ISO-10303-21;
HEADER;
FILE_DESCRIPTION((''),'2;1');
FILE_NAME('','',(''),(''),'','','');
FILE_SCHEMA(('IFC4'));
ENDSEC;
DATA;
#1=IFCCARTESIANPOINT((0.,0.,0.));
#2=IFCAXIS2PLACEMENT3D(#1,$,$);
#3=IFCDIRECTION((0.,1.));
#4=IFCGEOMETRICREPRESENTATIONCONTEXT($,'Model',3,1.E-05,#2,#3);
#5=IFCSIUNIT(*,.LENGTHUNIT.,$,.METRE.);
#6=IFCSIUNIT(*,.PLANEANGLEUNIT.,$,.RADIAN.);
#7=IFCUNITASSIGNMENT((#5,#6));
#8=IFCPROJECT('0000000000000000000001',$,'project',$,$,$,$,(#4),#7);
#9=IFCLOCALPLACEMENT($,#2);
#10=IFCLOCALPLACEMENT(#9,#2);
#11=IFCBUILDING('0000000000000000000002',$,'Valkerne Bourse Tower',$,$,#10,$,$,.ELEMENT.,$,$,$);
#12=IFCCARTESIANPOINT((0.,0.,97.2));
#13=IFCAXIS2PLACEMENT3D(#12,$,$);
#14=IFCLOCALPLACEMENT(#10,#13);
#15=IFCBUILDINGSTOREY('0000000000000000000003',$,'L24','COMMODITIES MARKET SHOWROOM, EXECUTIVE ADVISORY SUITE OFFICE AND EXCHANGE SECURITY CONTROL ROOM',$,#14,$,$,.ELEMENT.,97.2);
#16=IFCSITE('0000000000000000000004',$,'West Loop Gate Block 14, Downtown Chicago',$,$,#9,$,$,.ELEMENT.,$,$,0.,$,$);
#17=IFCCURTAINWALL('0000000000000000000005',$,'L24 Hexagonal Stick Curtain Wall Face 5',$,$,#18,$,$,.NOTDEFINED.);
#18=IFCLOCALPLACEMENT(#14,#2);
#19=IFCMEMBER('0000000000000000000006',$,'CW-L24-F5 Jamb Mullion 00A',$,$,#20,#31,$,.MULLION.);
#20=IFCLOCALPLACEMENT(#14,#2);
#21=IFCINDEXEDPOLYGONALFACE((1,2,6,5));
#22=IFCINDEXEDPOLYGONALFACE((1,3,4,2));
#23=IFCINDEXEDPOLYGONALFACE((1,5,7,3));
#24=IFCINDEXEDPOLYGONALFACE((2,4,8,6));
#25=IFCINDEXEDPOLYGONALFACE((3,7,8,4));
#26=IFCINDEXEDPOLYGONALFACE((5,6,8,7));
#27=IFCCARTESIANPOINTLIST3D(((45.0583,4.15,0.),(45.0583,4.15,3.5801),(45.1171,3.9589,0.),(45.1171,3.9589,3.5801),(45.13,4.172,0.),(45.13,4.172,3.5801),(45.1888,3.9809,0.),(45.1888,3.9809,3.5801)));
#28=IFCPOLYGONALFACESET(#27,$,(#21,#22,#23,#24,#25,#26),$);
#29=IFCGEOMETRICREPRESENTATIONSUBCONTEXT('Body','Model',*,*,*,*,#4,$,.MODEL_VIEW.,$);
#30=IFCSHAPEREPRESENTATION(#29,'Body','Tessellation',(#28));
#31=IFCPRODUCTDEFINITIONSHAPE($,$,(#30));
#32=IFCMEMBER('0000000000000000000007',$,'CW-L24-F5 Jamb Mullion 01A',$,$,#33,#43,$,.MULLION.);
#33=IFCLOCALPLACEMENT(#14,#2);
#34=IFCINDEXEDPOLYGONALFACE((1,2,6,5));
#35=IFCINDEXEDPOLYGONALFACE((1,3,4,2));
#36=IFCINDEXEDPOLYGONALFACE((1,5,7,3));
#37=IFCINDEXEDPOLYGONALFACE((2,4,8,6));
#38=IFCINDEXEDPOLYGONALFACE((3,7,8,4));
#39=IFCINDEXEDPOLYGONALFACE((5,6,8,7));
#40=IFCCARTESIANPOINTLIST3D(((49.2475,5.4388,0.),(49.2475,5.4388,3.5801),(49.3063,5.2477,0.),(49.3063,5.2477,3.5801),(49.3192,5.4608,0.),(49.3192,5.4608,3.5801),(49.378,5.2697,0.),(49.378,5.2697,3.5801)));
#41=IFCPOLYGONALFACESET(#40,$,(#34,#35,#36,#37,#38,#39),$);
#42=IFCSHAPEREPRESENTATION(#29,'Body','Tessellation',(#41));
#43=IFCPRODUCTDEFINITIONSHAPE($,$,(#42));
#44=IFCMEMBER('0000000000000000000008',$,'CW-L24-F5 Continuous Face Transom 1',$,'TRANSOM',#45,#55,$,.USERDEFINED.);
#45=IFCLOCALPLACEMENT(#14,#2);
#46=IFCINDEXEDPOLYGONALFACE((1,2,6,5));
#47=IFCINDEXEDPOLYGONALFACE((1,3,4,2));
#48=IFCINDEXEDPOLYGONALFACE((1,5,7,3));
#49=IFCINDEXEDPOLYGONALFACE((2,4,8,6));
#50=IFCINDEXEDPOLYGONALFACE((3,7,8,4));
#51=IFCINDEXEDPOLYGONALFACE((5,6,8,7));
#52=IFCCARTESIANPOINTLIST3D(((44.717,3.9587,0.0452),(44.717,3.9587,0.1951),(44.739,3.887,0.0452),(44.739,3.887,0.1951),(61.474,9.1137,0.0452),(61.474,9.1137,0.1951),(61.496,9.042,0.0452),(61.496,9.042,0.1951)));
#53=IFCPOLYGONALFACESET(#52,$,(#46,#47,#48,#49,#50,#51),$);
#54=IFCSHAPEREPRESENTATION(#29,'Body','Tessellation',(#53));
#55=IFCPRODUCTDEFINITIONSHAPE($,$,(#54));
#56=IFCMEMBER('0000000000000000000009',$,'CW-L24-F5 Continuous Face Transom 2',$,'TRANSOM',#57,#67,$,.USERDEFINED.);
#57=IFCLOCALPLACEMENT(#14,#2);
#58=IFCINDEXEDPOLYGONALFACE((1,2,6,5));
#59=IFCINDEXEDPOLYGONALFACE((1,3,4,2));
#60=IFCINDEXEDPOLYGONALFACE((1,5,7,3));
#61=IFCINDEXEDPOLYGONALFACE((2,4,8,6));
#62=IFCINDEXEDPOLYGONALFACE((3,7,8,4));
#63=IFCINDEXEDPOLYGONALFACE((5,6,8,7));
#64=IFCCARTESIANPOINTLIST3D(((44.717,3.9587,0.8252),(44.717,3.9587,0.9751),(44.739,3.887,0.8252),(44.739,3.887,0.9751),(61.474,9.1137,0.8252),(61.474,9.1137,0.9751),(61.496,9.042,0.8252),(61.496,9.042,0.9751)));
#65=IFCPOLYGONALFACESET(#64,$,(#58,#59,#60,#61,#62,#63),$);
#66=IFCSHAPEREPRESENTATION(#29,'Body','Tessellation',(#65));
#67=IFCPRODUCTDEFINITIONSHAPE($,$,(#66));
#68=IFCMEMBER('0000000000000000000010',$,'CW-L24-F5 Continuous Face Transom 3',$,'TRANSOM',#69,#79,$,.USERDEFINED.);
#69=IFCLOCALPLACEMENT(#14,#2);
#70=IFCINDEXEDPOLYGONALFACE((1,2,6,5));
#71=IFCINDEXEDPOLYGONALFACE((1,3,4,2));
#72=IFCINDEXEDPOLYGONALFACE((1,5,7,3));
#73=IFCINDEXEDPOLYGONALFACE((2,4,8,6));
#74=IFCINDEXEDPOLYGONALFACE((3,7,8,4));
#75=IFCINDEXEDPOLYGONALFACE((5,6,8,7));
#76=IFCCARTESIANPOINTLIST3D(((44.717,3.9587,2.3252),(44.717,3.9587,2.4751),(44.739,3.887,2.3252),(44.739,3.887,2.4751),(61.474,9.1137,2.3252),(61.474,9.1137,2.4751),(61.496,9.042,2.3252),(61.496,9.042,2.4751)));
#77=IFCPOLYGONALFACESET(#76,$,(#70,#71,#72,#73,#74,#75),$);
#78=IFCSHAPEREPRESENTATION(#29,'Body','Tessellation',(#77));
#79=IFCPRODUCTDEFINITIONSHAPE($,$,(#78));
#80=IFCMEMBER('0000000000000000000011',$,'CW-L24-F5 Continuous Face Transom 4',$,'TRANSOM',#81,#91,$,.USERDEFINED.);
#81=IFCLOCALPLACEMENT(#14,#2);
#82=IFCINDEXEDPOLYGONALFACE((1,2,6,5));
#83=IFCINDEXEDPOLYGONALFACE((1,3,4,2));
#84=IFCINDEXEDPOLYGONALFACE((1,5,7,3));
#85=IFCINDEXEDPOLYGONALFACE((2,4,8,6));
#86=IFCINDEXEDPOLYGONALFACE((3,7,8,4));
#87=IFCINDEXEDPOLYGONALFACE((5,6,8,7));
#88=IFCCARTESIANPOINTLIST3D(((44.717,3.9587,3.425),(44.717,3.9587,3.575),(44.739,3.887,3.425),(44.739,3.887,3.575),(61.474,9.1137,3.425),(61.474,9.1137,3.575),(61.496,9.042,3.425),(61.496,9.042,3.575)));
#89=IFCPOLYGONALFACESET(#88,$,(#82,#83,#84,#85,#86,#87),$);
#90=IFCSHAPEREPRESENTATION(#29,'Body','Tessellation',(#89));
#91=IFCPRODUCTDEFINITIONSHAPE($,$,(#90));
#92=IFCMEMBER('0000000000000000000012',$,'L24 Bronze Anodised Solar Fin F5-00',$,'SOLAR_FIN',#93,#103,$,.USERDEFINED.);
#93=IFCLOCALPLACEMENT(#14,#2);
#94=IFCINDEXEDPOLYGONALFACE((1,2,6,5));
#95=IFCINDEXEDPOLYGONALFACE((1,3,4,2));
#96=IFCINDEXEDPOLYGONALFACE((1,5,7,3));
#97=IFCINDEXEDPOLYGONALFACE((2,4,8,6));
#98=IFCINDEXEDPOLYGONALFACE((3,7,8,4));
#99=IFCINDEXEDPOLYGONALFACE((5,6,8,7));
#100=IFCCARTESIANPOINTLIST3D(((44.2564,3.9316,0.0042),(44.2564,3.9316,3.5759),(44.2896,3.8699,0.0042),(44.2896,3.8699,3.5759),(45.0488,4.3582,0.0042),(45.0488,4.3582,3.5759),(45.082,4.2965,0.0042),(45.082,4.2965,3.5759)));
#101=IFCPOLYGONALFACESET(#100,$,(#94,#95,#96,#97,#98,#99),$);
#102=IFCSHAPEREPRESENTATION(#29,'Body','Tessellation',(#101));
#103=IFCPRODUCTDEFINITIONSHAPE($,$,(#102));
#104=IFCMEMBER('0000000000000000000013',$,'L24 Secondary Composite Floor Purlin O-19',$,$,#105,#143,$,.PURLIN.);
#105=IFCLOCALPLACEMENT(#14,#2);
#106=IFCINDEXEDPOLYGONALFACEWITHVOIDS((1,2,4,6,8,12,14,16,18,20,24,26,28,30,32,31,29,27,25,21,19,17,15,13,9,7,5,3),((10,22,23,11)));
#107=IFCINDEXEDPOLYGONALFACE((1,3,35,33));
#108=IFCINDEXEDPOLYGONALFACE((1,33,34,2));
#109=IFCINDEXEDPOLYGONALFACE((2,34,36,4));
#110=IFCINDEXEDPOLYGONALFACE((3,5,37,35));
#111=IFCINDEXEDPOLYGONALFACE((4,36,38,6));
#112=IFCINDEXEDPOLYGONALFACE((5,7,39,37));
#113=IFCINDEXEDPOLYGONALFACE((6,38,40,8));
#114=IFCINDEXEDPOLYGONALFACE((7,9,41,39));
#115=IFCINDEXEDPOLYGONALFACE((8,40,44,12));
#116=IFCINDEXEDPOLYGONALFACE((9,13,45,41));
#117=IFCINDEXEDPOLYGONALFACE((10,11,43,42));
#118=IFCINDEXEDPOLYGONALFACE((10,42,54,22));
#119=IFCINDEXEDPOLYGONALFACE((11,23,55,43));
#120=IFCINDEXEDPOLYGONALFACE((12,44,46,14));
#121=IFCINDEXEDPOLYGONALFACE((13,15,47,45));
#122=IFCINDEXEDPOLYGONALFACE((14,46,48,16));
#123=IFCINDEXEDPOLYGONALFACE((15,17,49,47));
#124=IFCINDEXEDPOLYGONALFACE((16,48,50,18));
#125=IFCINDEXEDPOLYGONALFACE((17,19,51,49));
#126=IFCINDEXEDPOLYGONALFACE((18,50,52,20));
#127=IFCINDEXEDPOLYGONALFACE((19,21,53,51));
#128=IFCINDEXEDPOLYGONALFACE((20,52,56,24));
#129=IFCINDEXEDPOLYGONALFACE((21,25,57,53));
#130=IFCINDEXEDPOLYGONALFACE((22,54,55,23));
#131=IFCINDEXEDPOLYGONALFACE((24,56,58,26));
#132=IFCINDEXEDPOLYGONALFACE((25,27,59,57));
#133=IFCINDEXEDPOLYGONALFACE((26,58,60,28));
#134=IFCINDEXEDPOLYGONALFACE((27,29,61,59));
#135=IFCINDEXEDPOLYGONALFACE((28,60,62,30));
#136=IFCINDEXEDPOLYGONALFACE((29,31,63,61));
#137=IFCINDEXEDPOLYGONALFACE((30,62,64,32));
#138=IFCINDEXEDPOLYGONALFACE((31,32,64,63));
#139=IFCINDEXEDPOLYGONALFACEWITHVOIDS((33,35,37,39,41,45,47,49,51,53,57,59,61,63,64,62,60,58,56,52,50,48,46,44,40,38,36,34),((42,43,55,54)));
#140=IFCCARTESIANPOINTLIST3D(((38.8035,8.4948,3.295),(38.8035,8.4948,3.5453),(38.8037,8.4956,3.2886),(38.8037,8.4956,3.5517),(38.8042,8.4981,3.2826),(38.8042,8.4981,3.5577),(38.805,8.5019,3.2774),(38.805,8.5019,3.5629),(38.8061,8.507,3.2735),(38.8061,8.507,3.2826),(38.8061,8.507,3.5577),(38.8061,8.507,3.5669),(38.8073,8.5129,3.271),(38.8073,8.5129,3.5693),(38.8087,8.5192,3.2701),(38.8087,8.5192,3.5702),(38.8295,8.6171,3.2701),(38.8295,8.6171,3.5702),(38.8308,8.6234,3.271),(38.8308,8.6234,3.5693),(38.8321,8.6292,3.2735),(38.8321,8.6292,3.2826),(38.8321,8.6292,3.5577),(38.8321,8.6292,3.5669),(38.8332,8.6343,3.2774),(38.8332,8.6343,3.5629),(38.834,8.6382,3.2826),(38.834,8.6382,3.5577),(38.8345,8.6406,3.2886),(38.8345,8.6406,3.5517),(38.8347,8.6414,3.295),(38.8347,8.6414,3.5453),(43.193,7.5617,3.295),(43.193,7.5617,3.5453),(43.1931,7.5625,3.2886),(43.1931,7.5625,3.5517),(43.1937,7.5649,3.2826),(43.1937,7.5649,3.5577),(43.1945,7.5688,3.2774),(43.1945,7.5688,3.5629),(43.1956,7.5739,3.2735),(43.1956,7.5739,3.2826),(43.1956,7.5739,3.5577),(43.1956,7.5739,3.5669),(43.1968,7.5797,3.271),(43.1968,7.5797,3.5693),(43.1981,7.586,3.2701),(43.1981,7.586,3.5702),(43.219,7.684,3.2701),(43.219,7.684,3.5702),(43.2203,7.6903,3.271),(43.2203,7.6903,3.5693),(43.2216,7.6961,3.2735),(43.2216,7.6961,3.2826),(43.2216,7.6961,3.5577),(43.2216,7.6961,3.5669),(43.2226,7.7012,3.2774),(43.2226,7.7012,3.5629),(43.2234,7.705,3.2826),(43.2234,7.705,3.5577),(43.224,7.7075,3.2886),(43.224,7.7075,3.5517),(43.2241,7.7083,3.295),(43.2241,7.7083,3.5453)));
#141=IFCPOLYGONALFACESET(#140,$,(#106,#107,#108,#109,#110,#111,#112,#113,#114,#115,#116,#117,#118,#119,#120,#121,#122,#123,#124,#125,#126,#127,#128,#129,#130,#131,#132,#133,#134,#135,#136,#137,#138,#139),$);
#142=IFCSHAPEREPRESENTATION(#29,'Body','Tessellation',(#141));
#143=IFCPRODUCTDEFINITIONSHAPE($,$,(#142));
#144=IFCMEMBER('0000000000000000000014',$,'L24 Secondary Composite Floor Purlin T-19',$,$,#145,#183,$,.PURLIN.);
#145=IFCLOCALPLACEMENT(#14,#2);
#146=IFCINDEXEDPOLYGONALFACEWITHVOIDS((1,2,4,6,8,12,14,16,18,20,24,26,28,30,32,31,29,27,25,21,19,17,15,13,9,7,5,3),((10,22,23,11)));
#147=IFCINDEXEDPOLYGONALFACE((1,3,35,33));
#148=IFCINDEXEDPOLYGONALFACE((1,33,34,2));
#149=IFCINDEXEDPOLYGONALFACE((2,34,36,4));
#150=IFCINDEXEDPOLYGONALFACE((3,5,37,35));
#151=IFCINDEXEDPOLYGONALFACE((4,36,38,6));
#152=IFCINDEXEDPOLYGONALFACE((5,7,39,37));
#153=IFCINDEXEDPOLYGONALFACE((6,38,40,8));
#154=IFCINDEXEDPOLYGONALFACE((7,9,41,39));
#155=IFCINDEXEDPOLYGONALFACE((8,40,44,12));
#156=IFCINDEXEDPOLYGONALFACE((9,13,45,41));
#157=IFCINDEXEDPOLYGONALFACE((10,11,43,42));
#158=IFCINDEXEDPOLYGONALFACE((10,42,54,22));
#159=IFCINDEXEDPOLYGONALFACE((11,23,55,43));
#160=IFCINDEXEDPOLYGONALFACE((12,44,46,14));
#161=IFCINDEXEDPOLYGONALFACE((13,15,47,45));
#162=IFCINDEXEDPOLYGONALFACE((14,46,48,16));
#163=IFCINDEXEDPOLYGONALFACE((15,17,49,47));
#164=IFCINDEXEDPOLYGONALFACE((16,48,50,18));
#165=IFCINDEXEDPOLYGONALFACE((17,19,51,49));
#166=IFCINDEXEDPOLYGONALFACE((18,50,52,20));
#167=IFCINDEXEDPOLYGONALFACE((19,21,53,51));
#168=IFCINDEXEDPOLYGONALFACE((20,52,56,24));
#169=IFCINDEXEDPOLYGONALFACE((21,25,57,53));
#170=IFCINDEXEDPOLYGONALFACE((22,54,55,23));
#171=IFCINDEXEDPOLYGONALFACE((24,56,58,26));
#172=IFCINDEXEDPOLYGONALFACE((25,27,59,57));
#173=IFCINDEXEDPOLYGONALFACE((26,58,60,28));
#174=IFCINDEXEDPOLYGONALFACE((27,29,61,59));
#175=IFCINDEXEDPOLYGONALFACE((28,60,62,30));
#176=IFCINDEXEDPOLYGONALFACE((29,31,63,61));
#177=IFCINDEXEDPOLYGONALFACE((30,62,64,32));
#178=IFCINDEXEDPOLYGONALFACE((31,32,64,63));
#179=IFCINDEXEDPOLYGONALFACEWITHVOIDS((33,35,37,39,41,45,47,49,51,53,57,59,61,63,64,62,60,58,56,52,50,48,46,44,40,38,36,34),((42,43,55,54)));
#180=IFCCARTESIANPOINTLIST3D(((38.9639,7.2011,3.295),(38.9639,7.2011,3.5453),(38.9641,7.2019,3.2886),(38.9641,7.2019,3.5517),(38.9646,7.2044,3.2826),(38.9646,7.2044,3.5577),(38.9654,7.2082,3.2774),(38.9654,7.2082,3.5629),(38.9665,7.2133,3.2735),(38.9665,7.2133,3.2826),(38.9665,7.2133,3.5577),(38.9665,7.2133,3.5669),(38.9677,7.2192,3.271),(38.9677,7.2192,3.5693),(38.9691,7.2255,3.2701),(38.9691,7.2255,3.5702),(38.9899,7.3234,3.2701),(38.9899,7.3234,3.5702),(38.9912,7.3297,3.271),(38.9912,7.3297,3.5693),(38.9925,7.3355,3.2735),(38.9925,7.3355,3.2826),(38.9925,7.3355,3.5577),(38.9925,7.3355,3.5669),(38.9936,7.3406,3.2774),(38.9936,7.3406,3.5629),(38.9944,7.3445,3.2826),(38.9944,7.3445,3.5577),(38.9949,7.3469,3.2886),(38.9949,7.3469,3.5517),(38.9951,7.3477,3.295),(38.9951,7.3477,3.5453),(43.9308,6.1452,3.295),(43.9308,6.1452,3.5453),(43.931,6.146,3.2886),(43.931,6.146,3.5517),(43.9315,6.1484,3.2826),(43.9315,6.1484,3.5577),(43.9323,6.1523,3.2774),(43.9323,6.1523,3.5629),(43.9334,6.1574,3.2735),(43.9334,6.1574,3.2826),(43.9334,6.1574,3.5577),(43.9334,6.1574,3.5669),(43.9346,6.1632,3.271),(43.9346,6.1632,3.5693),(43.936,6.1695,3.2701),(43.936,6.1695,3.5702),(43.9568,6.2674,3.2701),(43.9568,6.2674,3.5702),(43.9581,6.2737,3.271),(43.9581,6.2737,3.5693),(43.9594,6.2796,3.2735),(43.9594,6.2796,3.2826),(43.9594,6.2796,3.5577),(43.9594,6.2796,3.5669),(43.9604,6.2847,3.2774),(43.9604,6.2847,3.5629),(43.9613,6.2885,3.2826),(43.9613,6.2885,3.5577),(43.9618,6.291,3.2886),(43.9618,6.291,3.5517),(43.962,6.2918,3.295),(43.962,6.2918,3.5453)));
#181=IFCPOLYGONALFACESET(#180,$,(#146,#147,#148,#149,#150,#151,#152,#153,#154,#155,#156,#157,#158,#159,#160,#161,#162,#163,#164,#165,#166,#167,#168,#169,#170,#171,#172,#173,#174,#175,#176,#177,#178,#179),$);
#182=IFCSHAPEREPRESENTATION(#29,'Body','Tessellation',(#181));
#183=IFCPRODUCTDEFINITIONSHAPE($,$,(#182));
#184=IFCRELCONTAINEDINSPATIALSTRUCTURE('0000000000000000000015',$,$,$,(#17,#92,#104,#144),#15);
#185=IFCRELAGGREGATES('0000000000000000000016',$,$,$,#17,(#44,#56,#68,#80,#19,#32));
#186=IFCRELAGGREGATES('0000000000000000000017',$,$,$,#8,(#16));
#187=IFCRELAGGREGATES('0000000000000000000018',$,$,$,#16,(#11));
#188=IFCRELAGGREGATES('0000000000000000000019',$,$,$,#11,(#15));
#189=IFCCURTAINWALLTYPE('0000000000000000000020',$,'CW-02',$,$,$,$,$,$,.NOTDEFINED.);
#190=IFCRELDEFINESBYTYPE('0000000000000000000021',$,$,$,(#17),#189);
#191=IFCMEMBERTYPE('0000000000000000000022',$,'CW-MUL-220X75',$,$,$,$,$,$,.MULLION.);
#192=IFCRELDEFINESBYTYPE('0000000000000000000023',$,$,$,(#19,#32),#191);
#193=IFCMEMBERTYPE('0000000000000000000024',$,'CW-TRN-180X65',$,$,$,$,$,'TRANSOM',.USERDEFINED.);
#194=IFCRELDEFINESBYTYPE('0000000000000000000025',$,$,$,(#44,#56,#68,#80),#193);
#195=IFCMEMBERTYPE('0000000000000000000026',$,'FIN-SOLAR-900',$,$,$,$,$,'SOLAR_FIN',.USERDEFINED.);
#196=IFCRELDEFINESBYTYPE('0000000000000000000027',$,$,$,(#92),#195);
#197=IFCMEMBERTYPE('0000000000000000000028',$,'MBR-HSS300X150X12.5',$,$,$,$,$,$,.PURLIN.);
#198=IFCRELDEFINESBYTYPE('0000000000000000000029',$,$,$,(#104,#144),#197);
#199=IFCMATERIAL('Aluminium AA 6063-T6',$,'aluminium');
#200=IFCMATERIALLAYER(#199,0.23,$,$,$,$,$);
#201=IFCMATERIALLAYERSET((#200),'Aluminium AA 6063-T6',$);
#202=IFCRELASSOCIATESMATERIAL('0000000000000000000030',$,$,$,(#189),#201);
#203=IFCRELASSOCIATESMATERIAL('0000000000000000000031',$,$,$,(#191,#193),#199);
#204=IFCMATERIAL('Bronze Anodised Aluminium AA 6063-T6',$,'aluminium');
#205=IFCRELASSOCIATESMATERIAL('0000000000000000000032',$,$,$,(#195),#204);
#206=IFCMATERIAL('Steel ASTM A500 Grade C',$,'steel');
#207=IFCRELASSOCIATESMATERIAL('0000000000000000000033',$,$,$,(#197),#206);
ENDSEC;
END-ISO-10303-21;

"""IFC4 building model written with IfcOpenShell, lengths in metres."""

from ifc_helpers import new_model, si_unit, direction, frame, origin, origin_2d, place, context, subcontext, project, spatial, rectangle, hollow_rectangle, extrude, material, layer, layer_set, material_profile, profile_set, type_object, element, aggregate, save


model = new_model("IFC4")

# Units and contexts
model_context = context("Model", 3, precision=1e-05, world=origin(), true_north=direction((0.0, 1.0)))
body_context = subcontext(model_context, "Body", "Model", "MODEL_VIEW")
ifc_project = project(units=[si_unit("LENGTHUNIT", "METRE"), si_unit("PLANEANGLEUNIT", "RADIAN")], contexts=[model_context])

# Site, building, storey
site_placement = place(None, origin())
site = spatial("IfcSite", under=ifc_project, at=site_placement, Name="West Loop Gate Block 14, Downtown Chicago", CompositionType="ELEMENT", RefElevation=0.0)
building_placement = place(site_placement, origin())
building = spatial("IfcBuilding", under=site, at=building_placement, Name="Valkerne Bourse Tower", CompositionType="ELEMENT")
storey_placement = place(building_placement, frame((0.0, 0.0, 97.2)))
storey = spatial("IfcBuildingStorey", under=building, at=storey_placement, Name="L24", Description="COMMODITIES MARKET SHOWROOM, EXECUTIVE ADVISORY SUITE OFFICE AND EXCHANGE SECURITY CONTROL ROOM", CompositionType="ELEMENT", Elevation=97.2)

# Curtain wall, members
ifc_material_1 = material(Name="Aluminium AA 6063-T6", Category="aluminium")
ifc_layer_1 = layer(ifc_material_1, 0.23)
ifc_layer_set_1 = layer_set([ifc_layer_1], Name="Aluminium AA 6063-T6")
curtain_wall_type = type_object("IfcCurtainWallType", Name="CW-02", PredefinedType="NOTDEFINED", material=ifc_layer_set_1)
curtain_wall_placement = place(storey_placement, origin())
curtain_wall = element("IfcCurtainWall", 1, at=curtain_wall_placement, inside=storey, type_object=curtain_wall_type, Name="L24 Hexagonal Stick Curtain Wall Face 5", PredefinedType="NOTDEFINED")
ifc_material_profile_1 = material_profile(ifc_material_1, rectangle(XDim=0.075, YDim=0.2, at=origin_2d()), Name="CWM-75X200")
ifc_profile_set_1 = profile_set([ifc_material_profile_1], Name="Aluminium AA 6063-T6")
member_type_1 = type_object("IfcMemberType", Name="CW-MUL-220X75", PredefinedType="MULLION", material=ifc_profile_set_1)
member_1_placement = place(storey_placement, frame((45.1235, 4.0654, 0.0), z_axis=(0.0, 0.0, 1.0), x_axis=(0.955791, 0.294047, 0.0)))
member_1 = element("IfcMember", 2, at=member_1_placement, type_object=member_type_1, Name="CW-L24-F5 Jamb Mullion 00A", PredefinedType="MULLION", context=body_context, shape_type="SweptSolid", body=[
    extrude(rectangle(XDim=0.075, YDim=0.2, at=origin_2d()), origin(), (0.0, 0.0, 1.0), 3.5801),
])
member_2_placement = place(storey_placement, frame((49.3127, 5.3542, 0.0), z_axis=(0.0, 0.0, 1.0), x_axis=(0.955791, 0.294047, 0.0)))
member_2 = element("IfcMember", 3, at=member_2_placement, type_object=member_type_1, Name="CW-L24-F5 Jamb Mullion 01A", PredefinedType="MULLION", context=body_context, shape_type="SweptSolid", body=[
    extrude(rectangle(XDim=0.075, YDim=0.2, at=origin_2d()), origin(), (0.0, 0.0, 1.0), 3.5801),
])
ifc_material_profile_2 = material_profile(ifc_material_1, rectangle(XDim=0.075, YDim=0.1499, at=origin_2d()), Name="CWT-75X150")
ifc_profile_set_2 = profile_set([ifc_material_profile_2], Name="Aluminium AA 6063-T6")
member_type_2 = type_object("IfcMemberType", Name="CW-TRN-180X65", ElementType="TRANSOM", PredefinedType="USERDEFINED", material=ifc_profile_set_2)
member_3_placement = place(storey_placement, frame((44.728, 3.9229, 0.1201), z_axis=(0.955795, 0.294034, 0.0), x_axis=(-0.294034, 0.955795, 0.0)))
member_3 = element("IfcMember", 4, at=member_3_placement, type_object=member_type_2, Name="CW-L24-F5 Continuous Face Transom 1", ObjectType="TRANSOM", PredefinedType="USERDEFINED", context=body_context, shape_type="SweptSolid", body=[
    extrude(rectangle(XDim=0.075, YDim=0.1499, at=origin_2d()), origin(), (0.0, 0.0, 1.0), 17.532),
])
member_4_placement = place(storey_placement, frame((44.728, 3.9229, 0.9001), z_axis=(0.955795, 0.294034, 0.0), x_axis=(-0.294034, 0.955795, 0.0)))
member_4 = element("IfcMember", 5, at=member_4_placement, type_object=member_type_2, Name="CW-L24-F5 Continuous Face Transom 2", ObjectType="TRANSOM", PredefinedType="USERDEFINED", context=body_context, shape_type="SweptSolid", body=[
    extrude(rectangle(XDim=0.075, YDim=0.1499, at=origin_2d()), origin(), (0.0, 0.0, 1.0), 17.532),
])
member_5_placement = place(storey_placement, frame((44.728, 3.9229, 2.4001), z_axis=(0.955795, 0.294034, 0.0), x_axis=(-0.294034, 0.955795, 0.0)))
member_5 = element("IfcMember", 6, at=member_5_placement, type_object=member_type_2, Name="CW-L24-F5 Continuous Face Transom 3", ObjectType="TRANSOM", PredefinedType="USERDEFINED", context=body_context, shape_type="SweptSolid", body=[
    extrude(rectangle(XDim=0.075, YDim=0.1499, at=origin_2d()), origin(), (0.0, 0.0, 1.0), 17.532),
])
member_6_placement = place(storey_placement, frame((44.728, 3.9229, 3.5), z_axis=(0.955795, 0.294034, 0.0), x_axis=(-0.294034, 0.955795, 0.0)))
member_6 = element("IfcMember", 7, at=member_6_placement, type_object=member_type_2, Name="CW-L24-F5 Continuous Face Transom 4", ObjectType="TRANSOM", PredefinedType="USERDEFINED", context=body_context, shape_type="SweptSolid", body=[
    extrude(rectangle(XDim=0.075, YDim=0.1499, at=origin_2d()), origin(), (0.0, 0.0, 1.0), 17.532),
])

# Members
ifc_material_2 = material(Name="Bronze Anodised Aluminium AA 6063-T6", Category="aluminium")
ifc_material_profile_3 = material_profile(ifc_material_2, rectangle(XDim=0.0701, YDim=0.8999, at=origin_2d()), Name="FIN-70X900")
ifc_profile_set_3 = profile_set([ifc_material_profile_3], Name="Bronze Anodised Aluminium AA 6063-T6")
member_type_3 = type_object("IfcMemberType", Name="FIN-SOLAR-900", ElementType="SOLAR_FIN", PredefinedType="USERDEFINED", material=ifc_profile_set_3)
member_7_placement = place(storey_placement, frame((44.6692, 4.114, 0.0042), z_axis=(0.0, 0.0, 1.0), x_axis=(0.474028, -0.88051, 0.0)))
element("IfcMember", 8, at=member_7_placement, inside=storey, type_object=member_type_3, Name="L24 Bronze Anodised Solar Fin F5-00", ObjectType="SOLAR_FIN", PredefinedType="USERDEFINED", context=body_context, shape_type="SweptSolid", body=[
    extrude(rectangle(XDim=0.0701, YDim=0.8999, at=origin_2d()), origin(), (0.0, 0.0, 1.0), 3.5718),
])
ifc_material_3 = material(Name="Steel ASTM A500 Grade C", Category="steel")
ifc_material_profile_4 = material_profile(ifc_material_3, hollow_rectangle(XDim=0.1499, YDim=0.3, WallThickness=0.0125, OuterFilletRadius=0.0249, at=origin_2d()), Name="HSS300X150X12.5")
ifc_profile_set_4 = profile_set([ifc_material_profile_4], Name="Steel ASTM A500 Grade C")
member_type_4 = type_object("IfcMemberType", Name="MBR-HSS300X150X12.5", PredefinedType="PURLIN", material=ifc_profile_set_4)
member_8_placement = place(storey_placement, frame((38.8191, 8.5681, 3.4202), z_axis=(0.978143, -0.207935, 0.0), x_axis=(0.207935, 0.978143, 0.0)))
element("IfcMember", 9, at=member_8_placement, inside=storey, type_object=member_type_4, Name="L24 Secondary Composite Floor Purlin O-19", PredefinedType="PURLIN", context=body_context, shape_type="SweptSolid", body=[
    extrude(hollow_rectangle(XDim=0.1499, YDim=0.3, WallThickness=0.0125, OuterFilletRadius=0.0249, at=origin_2d()), origin(), (0.0, 0.0, 1.0), 4.4875),
])
member_9_placement = place(storey_placement, frame((38.9795, 7.2744, 3.4202), z_axis=(0.97814, -0.207946, 0.0), x_axis=(0.207946, 0.97814, 0.0)))
element("IfcMember", 10, at=member_9_placement, inside=storey, type_object=member_type_4, Name="L24 Secondary Composite Floor Purlin T-19", PredefinedType="PURLIN", context=body_context, shape_type="SweptSolid", body=[
    extrude(hollow_rectangle(XDim=0.1499, YDim=0.3, WallThickness=0.0125, OuterFilletRadius=0.0249, at=origin_2d()), origin(), (0.0, 0.0, 1.0), 5.0779),
])

aggregate(curtain_wall, [member_3, member_4, member_5, member_6, member_1, member_2])

save(model, "model.ifc")
